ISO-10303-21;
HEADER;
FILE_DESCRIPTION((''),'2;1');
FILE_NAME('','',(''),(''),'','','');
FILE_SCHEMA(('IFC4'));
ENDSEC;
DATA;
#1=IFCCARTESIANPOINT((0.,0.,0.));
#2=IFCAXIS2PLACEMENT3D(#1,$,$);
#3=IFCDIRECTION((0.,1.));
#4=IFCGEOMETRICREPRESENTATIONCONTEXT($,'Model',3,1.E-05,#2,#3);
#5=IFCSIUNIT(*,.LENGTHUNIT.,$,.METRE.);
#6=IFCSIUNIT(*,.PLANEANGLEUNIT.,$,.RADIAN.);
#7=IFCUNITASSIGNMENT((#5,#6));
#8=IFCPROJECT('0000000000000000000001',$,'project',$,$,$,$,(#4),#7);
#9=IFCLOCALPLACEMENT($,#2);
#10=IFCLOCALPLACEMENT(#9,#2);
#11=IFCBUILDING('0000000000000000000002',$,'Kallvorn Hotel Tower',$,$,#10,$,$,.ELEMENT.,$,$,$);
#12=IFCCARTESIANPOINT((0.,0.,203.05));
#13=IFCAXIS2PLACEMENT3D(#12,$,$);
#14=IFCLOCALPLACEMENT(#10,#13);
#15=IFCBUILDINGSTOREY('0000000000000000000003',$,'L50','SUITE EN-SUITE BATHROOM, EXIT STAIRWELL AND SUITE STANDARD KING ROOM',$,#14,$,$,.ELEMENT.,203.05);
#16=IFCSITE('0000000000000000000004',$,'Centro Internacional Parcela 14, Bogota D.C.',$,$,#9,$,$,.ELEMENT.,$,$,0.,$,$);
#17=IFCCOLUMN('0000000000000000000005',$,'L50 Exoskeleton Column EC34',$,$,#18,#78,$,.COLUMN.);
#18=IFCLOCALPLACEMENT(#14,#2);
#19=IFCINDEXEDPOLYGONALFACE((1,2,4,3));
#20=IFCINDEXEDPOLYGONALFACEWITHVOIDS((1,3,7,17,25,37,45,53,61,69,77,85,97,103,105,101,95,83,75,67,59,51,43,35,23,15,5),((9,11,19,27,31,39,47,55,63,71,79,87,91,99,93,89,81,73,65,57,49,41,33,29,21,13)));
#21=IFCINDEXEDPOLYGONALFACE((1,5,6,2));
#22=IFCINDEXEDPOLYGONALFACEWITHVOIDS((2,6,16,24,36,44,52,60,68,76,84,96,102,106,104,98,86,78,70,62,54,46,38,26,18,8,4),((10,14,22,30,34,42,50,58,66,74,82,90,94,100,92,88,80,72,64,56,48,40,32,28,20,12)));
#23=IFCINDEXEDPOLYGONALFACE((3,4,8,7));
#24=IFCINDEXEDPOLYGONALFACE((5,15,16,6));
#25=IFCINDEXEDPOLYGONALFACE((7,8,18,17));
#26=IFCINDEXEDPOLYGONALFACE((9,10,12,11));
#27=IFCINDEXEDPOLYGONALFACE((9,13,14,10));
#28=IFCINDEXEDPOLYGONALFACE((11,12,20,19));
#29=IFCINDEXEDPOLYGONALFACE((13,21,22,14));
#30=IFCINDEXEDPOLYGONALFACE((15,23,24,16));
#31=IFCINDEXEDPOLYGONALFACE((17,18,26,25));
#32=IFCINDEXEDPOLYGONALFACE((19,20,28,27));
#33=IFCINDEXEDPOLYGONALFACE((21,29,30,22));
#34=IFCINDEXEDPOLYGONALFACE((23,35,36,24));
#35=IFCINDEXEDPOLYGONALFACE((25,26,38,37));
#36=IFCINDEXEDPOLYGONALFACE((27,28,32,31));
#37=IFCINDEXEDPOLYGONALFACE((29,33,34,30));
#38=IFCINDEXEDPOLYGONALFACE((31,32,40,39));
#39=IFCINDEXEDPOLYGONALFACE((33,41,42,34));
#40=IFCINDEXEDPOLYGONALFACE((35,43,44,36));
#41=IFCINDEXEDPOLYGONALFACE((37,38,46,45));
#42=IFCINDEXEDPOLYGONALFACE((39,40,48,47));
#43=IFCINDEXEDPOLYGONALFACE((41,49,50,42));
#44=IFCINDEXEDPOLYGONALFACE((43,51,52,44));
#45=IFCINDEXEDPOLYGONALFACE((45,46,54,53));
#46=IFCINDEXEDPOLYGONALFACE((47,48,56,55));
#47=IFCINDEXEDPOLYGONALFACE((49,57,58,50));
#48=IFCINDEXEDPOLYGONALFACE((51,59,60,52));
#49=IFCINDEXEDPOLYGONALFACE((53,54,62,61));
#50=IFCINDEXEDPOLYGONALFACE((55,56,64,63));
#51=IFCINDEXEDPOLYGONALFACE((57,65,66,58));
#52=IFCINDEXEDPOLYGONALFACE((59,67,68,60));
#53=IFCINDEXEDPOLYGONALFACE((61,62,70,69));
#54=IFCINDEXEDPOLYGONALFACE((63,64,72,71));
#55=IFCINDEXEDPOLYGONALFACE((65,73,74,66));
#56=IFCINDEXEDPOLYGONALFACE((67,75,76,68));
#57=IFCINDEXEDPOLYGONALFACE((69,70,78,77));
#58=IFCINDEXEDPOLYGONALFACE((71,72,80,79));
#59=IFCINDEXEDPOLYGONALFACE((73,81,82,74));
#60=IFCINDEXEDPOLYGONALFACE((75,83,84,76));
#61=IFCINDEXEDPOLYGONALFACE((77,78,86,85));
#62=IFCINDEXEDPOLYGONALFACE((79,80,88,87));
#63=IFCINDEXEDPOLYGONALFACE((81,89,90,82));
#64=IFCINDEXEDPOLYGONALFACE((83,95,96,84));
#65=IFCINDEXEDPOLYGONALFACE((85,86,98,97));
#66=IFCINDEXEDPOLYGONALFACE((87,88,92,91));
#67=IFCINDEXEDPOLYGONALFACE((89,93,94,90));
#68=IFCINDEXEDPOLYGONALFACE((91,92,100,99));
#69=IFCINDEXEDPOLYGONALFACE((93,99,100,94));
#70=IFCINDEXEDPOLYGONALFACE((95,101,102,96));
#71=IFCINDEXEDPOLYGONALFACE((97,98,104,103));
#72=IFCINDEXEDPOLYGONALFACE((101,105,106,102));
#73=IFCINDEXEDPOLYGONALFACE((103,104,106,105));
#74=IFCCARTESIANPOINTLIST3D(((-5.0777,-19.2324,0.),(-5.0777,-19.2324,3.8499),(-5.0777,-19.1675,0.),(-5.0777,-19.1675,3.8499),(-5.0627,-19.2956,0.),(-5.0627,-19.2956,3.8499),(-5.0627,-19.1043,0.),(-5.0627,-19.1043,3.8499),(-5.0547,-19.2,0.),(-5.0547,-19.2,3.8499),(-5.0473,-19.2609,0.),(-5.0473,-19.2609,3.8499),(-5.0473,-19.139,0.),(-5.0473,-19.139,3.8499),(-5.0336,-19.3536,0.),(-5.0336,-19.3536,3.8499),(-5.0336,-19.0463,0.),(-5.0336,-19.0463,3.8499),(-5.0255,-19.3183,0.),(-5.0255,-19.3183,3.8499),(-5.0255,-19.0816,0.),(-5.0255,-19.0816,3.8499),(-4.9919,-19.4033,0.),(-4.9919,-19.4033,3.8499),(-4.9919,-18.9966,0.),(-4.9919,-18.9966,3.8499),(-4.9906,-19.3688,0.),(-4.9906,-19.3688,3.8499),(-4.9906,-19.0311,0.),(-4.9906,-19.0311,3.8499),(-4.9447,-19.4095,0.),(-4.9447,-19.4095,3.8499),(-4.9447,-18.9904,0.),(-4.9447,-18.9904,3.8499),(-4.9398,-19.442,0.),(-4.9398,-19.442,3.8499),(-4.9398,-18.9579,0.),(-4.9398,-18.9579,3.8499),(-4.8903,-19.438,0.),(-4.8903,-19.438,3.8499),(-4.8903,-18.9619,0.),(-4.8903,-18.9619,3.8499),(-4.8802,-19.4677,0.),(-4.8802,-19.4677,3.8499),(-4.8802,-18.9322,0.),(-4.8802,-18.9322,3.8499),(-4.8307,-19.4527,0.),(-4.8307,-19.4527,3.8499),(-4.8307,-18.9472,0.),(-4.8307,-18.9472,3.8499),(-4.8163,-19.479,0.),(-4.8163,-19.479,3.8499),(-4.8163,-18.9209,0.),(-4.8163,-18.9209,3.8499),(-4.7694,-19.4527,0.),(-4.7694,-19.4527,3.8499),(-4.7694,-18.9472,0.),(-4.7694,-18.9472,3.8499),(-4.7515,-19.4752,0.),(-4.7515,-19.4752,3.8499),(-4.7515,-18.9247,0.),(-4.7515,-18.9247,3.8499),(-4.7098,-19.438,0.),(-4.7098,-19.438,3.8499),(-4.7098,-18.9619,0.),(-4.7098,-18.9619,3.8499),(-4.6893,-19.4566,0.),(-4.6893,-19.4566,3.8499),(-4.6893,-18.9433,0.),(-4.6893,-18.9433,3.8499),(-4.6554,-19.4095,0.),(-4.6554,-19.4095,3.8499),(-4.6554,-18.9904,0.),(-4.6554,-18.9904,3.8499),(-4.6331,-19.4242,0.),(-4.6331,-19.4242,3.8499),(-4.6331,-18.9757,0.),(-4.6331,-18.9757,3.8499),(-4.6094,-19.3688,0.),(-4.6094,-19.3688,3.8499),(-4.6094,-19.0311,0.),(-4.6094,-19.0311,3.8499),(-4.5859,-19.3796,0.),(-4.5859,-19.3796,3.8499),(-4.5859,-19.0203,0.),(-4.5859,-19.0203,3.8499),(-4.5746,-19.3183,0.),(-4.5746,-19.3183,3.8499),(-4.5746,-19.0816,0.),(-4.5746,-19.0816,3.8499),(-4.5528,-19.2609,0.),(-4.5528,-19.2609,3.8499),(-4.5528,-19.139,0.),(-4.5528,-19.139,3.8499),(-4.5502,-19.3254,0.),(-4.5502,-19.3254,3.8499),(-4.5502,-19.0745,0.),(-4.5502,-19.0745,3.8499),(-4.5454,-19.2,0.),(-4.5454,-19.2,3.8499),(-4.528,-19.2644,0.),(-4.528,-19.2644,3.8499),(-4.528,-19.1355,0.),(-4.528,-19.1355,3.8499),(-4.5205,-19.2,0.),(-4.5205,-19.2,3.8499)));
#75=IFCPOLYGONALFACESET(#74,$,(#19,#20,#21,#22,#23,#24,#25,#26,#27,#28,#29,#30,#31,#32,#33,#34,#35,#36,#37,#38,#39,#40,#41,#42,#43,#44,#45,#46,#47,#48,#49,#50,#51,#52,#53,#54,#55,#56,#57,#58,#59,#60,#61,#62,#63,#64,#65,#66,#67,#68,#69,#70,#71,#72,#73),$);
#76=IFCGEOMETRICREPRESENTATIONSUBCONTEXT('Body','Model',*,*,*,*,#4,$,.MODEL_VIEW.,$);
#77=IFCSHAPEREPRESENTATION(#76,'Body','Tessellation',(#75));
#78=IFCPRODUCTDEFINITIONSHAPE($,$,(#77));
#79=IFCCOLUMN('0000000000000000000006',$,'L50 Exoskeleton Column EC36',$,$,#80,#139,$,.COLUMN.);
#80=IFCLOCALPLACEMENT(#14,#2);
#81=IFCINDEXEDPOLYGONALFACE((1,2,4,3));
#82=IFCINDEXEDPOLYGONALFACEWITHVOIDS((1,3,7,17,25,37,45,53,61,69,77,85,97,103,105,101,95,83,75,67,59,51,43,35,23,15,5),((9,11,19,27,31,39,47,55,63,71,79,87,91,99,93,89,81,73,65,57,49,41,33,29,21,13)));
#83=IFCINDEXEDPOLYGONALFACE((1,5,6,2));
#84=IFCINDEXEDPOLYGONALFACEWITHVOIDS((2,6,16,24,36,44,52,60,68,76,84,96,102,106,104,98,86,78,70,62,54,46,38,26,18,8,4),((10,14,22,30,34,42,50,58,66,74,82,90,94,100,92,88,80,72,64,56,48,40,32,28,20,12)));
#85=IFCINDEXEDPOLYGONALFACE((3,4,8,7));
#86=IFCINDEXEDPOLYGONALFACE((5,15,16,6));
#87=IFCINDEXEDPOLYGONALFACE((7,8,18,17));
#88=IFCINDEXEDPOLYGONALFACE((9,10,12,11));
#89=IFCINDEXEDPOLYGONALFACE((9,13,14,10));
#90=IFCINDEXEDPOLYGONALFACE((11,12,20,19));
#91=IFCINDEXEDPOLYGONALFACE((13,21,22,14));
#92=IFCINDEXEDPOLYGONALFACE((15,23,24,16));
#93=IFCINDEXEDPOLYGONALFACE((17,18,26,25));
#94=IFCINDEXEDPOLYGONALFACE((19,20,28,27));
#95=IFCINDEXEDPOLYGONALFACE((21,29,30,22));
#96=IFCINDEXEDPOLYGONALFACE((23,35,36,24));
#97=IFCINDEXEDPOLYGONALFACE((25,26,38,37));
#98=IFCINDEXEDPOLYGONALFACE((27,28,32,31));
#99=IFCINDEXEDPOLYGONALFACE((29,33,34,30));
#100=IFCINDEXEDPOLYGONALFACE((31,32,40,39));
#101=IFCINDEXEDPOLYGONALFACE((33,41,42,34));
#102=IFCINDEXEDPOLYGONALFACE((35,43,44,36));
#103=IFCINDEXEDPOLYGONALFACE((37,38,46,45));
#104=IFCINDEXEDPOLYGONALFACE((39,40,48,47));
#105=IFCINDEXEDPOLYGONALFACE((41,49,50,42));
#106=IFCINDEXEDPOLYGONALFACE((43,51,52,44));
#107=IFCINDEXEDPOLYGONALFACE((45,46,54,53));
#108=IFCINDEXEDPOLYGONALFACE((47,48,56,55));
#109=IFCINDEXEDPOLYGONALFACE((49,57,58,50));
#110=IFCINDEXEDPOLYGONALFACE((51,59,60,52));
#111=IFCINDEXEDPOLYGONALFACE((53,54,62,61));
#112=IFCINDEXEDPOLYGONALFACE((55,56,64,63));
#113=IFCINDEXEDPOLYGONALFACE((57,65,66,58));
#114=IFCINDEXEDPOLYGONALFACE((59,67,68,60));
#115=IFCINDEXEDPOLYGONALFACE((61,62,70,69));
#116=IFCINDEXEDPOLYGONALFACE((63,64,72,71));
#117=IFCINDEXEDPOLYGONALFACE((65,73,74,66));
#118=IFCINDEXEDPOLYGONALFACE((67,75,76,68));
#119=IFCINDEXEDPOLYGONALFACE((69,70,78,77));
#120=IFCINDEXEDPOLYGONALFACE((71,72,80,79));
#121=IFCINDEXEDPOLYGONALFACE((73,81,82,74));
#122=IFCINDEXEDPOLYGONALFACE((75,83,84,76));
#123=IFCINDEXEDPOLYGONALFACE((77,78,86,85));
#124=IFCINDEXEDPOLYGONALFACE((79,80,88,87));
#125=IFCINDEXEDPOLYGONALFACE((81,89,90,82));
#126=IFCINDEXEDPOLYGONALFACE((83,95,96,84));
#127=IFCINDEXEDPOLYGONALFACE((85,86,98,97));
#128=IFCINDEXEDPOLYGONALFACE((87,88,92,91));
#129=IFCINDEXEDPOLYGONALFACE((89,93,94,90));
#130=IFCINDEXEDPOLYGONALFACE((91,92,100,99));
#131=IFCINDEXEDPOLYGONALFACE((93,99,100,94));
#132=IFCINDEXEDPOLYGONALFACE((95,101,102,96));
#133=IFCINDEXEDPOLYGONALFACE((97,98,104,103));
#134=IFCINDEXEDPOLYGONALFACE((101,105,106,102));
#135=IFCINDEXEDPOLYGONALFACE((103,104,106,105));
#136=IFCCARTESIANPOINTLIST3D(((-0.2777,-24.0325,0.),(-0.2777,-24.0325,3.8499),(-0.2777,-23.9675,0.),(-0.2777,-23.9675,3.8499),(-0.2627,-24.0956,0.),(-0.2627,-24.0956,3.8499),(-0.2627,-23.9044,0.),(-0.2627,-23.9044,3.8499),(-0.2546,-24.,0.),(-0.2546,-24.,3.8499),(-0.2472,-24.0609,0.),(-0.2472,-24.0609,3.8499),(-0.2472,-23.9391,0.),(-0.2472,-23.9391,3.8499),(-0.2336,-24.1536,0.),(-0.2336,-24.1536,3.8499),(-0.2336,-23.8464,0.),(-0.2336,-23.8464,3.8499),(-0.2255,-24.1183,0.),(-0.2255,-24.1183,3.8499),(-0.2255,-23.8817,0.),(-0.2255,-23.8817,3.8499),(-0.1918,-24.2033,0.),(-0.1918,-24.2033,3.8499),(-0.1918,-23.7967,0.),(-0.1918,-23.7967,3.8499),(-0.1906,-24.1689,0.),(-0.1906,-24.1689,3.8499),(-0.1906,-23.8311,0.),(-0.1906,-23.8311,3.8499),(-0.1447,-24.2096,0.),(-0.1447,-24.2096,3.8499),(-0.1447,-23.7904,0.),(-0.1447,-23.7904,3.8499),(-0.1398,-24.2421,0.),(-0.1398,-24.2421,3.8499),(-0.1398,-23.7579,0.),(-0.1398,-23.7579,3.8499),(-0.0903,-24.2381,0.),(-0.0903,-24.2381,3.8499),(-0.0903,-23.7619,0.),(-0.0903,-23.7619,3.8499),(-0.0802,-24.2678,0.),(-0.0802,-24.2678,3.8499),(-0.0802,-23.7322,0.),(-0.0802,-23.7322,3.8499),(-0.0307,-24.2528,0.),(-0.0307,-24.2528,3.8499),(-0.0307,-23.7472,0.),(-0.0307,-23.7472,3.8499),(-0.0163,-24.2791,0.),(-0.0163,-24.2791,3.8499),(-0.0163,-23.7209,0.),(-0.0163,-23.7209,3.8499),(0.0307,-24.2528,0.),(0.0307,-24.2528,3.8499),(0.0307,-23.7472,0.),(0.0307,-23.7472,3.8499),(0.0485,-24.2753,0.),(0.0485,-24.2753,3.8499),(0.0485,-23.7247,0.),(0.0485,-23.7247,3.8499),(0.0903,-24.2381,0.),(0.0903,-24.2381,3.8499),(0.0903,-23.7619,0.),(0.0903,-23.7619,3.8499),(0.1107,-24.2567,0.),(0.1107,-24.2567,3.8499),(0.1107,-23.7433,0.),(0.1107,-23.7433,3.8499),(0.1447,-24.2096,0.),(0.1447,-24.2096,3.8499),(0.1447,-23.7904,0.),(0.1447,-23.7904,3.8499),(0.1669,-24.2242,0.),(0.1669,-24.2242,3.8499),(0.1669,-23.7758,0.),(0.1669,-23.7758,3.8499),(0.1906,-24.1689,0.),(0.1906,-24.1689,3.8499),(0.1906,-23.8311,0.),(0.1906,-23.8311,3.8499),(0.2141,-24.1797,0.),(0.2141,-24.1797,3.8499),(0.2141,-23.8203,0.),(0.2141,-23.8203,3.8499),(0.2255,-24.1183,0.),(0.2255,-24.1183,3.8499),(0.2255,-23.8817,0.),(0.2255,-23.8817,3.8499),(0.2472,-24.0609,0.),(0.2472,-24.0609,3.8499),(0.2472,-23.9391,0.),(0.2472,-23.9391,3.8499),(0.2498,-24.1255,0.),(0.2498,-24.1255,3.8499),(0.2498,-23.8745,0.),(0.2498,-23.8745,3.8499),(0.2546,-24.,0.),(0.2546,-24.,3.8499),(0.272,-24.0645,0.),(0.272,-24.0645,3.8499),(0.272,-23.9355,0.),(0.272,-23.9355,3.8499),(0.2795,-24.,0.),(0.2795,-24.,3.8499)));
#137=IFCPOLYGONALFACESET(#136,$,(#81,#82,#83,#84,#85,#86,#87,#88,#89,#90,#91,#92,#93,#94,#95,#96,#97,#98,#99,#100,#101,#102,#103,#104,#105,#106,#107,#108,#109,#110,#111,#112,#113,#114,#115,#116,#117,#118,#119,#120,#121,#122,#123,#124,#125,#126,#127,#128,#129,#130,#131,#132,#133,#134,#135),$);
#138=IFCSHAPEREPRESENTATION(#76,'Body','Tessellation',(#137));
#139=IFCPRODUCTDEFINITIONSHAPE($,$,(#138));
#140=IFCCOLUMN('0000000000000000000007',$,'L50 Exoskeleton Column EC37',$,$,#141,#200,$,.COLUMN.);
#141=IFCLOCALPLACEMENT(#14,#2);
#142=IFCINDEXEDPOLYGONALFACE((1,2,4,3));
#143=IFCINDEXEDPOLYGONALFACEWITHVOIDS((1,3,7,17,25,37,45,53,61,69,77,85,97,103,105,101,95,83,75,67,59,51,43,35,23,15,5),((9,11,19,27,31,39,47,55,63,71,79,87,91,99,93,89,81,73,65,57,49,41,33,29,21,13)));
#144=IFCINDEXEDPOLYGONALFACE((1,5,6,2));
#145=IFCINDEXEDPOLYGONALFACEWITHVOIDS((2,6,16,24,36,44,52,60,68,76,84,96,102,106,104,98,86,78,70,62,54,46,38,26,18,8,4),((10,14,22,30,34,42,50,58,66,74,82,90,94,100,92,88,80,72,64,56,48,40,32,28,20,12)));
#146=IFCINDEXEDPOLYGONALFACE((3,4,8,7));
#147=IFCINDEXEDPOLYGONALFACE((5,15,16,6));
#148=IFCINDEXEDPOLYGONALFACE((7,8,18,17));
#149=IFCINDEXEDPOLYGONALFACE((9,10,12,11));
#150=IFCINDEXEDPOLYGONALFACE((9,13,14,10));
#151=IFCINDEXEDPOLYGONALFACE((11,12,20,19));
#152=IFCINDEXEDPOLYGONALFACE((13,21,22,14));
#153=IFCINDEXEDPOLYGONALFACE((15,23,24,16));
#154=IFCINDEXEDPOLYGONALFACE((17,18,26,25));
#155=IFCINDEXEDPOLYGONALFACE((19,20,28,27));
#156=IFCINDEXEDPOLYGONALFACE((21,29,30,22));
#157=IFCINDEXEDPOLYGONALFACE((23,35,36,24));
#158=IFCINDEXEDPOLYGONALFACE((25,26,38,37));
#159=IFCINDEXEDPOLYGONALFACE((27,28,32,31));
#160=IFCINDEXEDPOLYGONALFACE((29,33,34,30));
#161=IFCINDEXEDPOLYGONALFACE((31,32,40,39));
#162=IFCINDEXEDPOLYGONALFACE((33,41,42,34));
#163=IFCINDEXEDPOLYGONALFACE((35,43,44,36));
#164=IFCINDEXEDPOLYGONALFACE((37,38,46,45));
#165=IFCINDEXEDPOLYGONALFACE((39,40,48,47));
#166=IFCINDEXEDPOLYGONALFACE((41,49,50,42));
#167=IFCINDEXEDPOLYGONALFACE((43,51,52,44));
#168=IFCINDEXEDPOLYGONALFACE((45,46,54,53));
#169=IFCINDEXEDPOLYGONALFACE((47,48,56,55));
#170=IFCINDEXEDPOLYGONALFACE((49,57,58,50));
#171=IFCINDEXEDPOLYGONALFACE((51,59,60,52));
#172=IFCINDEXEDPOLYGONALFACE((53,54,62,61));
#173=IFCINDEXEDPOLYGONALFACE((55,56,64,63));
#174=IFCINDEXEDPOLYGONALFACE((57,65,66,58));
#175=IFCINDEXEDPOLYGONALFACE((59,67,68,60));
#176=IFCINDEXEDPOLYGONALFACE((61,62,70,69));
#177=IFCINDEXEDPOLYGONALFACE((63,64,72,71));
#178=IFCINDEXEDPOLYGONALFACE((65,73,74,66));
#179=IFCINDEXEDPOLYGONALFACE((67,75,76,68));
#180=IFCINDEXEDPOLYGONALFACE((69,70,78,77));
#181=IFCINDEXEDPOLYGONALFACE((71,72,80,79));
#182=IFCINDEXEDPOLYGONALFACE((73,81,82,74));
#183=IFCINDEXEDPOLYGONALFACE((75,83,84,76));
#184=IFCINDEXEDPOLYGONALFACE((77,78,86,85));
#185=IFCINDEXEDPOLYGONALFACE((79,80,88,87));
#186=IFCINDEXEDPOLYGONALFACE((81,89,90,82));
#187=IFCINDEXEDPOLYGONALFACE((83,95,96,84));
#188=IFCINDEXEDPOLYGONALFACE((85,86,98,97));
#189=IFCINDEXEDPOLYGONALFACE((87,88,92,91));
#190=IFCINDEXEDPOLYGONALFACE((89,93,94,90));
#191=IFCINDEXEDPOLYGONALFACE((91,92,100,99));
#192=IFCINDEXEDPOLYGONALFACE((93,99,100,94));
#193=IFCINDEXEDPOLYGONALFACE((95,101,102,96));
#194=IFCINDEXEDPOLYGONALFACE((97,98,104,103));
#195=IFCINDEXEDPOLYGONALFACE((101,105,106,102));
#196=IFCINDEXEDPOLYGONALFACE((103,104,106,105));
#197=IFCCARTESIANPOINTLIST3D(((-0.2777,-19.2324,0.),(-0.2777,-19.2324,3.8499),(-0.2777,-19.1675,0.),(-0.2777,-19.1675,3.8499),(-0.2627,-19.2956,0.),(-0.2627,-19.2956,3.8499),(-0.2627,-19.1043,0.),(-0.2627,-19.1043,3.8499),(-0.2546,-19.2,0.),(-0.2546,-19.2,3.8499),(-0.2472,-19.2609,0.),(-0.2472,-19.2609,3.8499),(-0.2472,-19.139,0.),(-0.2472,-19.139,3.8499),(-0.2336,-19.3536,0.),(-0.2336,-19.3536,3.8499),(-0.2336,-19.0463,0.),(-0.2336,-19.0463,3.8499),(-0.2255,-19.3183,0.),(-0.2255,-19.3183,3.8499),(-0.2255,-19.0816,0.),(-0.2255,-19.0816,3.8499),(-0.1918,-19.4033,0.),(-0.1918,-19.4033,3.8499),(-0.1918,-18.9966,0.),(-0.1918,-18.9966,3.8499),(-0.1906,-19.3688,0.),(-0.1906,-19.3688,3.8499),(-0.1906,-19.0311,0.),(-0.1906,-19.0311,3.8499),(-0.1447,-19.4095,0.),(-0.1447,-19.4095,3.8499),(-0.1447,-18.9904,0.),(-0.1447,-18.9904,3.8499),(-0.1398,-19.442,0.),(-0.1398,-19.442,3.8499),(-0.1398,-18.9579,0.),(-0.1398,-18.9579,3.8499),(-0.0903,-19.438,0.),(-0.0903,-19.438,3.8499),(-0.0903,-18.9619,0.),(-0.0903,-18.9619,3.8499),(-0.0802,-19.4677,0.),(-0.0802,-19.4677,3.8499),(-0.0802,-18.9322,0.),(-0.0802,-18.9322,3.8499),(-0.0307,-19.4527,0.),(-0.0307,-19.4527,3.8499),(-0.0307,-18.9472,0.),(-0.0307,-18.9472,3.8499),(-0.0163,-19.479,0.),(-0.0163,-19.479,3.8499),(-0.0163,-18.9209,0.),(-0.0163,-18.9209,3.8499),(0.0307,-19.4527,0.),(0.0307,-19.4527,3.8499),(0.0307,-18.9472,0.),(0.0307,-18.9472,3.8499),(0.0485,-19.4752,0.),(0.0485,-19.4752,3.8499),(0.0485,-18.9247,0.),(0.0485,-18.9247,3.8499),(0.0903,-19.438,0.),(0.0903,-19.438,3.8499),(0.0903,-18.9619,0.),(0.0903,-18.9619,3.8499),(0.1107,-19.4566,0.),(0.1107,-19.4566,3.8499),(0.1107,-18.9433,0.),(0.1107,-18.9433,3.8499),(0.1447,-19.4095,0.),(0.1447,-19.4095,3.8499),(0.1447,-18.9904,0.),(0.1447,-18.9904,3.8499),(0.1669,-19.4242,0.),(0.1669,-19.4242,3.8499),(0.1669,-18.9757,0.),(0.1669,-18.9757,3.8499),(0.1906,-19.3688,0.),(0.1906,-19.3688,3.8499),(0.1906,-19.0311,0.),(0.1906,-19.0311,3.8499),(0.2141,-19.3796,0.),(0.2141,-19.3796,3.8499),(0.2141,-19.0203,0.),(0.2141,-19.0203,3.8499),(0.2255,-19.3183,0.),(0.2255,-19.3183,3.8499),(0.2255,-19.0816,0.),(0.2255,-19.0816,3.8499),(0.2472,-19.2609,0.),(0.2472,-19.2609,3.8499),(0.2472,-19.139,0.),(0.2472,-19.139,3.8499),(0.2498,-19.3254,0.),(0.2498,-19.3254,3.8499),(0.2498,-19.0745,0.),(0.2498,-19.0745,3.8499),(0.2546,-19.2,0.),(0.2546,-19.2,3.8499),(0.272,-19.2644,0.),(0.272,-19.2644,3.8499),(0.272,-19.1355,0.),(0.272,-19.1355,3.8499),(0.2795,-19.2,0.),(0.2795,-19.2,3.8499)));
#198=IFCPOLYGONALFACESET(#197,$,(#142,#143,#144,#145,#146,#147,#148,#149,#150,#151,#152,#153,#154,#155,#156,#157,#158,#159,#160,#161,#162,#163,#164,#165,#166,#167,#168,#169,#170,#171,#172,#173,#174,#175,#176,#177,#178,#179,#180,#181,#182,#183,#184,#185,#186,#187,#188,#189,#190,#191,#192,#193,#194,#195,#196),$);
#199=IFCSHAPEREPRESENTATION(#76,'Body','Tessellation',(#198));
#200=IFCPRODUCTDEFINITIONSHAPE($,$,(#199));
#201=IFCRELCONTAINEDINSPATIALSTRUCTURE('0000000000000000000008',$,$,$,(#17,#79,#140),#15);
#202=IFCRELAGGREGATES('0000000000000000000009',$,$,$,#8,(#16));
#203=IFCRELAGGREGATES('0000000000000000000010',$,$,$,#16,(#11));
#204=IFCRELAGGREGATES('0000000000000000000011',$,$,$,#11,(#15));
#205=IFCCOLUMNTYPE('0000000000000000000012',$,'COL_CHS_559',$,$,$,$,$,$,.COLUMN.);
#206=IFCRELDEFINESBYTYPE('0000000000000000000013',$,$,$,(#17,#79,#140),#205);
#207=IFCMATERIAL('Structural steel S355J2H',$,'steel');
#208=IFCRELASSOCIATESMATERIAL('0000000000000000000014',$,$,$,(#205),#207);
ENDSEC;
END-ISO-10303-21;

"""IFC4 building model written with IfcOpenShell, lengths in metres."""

from ifc_helpers import new_model, si_unit, direction, frame, origin, origin_2d, place, context, subcontext, project, spatial, hollow_circle, extrude, material, material_profile, profile_set, type_object, element, save


model = new_model("IFC4")

# Units and contexts
model_context = context("Model", 3, precision=1e-05, world=origin(), true_north=direction((0.0, 1.0)))
body_context = subcontext(model_context, "Body", "Model", "MODEL_VIEW")
ifc_project = project(units=[si_unit("LENGTHUNIT", "METRE"), si_unit("PLANEANGLEUNIT", "RADIAN")], contexts=[model_context])

# Site, building, storey
site_placement = place(None, origin())
site = spatial("IfcSite", under=ifc_project, at=site_placement, Name="Centro Internacional Parcela 14, Bogota D.C.", CompositionType="ELEMENT", RefElevation=0.0)
building_placement = place(site_placement, origin())
building = spatial("IfcBuilding", under=site, at=building_placement, Name="Kallvorn Hotel Tower", CompositionType="ELEMENT")
storey_placement = place(building_placement, frame((0.0, 0.0, 203.05)))
storey = spatial("IfcBuildingStorey", under=building, at=storey_placement, Name="L50", Description="SUITE EN-SUITE BATHROOM, EXIT STAIRWELL AND SUITE STANDARD KING ROOM", CompositionType="ELEMENT", Elevation=203.05)

# Columns
ifc_material_1 = material(Name="Structural steel S355J2H", Category="steel")
ifc_material_profile_1 = material_profile(ifc_material_1, hollow_circle(Radius=0.2795, WallThickness=0.0249, at=origin_2d()), Name="CHS 559x25")
ifc_profile_set_1 = profile_set([ifc_material_profile_1], Name="Structural steel S355J2H")
column_type_1 = type_object("IfcColumnType", Name="COL_CHS_559", PredefinedType="COLUMN", material=ifc_profile_set_1)
for number, where, z_axis, x_axis, name in (
    (1, (-4.8, -19.2, 0.0), (0.0, 0.0, 1.0), (1.0, 0.0, 0.0), "L50 Exoskeleton Column EC34"),
    (2, (0.0, -24.0, 0.0), (0.0, 0.0, 1.0), (1.0, 0.0, 0.0), "L50 Exoskeleton Column EC36"),
    (3, (0.0, -19.2, 0.0), (0.0, 0.0, 1.0), (1.0, 0.0, 0.0), "L50 Exoskeleton Column EC37"),
):
    element("IfcColumn", number, at=place(storey_placement, frame(where, z_axis=z_axis, x_axis=x_axis)), inside=storey, type_object=column_type_1, Name=name, PredefinedType="COLUMN", context=body_context, shape_type="SweptSolid", body=[
        extrude(hollow_circle(Radius=0.2795, WallThickness=0.0249, at=origin_2d()), origin(), (0.0, 0.0, 1.0), 3.8499),
    ])

save(model, "model.ifc")
